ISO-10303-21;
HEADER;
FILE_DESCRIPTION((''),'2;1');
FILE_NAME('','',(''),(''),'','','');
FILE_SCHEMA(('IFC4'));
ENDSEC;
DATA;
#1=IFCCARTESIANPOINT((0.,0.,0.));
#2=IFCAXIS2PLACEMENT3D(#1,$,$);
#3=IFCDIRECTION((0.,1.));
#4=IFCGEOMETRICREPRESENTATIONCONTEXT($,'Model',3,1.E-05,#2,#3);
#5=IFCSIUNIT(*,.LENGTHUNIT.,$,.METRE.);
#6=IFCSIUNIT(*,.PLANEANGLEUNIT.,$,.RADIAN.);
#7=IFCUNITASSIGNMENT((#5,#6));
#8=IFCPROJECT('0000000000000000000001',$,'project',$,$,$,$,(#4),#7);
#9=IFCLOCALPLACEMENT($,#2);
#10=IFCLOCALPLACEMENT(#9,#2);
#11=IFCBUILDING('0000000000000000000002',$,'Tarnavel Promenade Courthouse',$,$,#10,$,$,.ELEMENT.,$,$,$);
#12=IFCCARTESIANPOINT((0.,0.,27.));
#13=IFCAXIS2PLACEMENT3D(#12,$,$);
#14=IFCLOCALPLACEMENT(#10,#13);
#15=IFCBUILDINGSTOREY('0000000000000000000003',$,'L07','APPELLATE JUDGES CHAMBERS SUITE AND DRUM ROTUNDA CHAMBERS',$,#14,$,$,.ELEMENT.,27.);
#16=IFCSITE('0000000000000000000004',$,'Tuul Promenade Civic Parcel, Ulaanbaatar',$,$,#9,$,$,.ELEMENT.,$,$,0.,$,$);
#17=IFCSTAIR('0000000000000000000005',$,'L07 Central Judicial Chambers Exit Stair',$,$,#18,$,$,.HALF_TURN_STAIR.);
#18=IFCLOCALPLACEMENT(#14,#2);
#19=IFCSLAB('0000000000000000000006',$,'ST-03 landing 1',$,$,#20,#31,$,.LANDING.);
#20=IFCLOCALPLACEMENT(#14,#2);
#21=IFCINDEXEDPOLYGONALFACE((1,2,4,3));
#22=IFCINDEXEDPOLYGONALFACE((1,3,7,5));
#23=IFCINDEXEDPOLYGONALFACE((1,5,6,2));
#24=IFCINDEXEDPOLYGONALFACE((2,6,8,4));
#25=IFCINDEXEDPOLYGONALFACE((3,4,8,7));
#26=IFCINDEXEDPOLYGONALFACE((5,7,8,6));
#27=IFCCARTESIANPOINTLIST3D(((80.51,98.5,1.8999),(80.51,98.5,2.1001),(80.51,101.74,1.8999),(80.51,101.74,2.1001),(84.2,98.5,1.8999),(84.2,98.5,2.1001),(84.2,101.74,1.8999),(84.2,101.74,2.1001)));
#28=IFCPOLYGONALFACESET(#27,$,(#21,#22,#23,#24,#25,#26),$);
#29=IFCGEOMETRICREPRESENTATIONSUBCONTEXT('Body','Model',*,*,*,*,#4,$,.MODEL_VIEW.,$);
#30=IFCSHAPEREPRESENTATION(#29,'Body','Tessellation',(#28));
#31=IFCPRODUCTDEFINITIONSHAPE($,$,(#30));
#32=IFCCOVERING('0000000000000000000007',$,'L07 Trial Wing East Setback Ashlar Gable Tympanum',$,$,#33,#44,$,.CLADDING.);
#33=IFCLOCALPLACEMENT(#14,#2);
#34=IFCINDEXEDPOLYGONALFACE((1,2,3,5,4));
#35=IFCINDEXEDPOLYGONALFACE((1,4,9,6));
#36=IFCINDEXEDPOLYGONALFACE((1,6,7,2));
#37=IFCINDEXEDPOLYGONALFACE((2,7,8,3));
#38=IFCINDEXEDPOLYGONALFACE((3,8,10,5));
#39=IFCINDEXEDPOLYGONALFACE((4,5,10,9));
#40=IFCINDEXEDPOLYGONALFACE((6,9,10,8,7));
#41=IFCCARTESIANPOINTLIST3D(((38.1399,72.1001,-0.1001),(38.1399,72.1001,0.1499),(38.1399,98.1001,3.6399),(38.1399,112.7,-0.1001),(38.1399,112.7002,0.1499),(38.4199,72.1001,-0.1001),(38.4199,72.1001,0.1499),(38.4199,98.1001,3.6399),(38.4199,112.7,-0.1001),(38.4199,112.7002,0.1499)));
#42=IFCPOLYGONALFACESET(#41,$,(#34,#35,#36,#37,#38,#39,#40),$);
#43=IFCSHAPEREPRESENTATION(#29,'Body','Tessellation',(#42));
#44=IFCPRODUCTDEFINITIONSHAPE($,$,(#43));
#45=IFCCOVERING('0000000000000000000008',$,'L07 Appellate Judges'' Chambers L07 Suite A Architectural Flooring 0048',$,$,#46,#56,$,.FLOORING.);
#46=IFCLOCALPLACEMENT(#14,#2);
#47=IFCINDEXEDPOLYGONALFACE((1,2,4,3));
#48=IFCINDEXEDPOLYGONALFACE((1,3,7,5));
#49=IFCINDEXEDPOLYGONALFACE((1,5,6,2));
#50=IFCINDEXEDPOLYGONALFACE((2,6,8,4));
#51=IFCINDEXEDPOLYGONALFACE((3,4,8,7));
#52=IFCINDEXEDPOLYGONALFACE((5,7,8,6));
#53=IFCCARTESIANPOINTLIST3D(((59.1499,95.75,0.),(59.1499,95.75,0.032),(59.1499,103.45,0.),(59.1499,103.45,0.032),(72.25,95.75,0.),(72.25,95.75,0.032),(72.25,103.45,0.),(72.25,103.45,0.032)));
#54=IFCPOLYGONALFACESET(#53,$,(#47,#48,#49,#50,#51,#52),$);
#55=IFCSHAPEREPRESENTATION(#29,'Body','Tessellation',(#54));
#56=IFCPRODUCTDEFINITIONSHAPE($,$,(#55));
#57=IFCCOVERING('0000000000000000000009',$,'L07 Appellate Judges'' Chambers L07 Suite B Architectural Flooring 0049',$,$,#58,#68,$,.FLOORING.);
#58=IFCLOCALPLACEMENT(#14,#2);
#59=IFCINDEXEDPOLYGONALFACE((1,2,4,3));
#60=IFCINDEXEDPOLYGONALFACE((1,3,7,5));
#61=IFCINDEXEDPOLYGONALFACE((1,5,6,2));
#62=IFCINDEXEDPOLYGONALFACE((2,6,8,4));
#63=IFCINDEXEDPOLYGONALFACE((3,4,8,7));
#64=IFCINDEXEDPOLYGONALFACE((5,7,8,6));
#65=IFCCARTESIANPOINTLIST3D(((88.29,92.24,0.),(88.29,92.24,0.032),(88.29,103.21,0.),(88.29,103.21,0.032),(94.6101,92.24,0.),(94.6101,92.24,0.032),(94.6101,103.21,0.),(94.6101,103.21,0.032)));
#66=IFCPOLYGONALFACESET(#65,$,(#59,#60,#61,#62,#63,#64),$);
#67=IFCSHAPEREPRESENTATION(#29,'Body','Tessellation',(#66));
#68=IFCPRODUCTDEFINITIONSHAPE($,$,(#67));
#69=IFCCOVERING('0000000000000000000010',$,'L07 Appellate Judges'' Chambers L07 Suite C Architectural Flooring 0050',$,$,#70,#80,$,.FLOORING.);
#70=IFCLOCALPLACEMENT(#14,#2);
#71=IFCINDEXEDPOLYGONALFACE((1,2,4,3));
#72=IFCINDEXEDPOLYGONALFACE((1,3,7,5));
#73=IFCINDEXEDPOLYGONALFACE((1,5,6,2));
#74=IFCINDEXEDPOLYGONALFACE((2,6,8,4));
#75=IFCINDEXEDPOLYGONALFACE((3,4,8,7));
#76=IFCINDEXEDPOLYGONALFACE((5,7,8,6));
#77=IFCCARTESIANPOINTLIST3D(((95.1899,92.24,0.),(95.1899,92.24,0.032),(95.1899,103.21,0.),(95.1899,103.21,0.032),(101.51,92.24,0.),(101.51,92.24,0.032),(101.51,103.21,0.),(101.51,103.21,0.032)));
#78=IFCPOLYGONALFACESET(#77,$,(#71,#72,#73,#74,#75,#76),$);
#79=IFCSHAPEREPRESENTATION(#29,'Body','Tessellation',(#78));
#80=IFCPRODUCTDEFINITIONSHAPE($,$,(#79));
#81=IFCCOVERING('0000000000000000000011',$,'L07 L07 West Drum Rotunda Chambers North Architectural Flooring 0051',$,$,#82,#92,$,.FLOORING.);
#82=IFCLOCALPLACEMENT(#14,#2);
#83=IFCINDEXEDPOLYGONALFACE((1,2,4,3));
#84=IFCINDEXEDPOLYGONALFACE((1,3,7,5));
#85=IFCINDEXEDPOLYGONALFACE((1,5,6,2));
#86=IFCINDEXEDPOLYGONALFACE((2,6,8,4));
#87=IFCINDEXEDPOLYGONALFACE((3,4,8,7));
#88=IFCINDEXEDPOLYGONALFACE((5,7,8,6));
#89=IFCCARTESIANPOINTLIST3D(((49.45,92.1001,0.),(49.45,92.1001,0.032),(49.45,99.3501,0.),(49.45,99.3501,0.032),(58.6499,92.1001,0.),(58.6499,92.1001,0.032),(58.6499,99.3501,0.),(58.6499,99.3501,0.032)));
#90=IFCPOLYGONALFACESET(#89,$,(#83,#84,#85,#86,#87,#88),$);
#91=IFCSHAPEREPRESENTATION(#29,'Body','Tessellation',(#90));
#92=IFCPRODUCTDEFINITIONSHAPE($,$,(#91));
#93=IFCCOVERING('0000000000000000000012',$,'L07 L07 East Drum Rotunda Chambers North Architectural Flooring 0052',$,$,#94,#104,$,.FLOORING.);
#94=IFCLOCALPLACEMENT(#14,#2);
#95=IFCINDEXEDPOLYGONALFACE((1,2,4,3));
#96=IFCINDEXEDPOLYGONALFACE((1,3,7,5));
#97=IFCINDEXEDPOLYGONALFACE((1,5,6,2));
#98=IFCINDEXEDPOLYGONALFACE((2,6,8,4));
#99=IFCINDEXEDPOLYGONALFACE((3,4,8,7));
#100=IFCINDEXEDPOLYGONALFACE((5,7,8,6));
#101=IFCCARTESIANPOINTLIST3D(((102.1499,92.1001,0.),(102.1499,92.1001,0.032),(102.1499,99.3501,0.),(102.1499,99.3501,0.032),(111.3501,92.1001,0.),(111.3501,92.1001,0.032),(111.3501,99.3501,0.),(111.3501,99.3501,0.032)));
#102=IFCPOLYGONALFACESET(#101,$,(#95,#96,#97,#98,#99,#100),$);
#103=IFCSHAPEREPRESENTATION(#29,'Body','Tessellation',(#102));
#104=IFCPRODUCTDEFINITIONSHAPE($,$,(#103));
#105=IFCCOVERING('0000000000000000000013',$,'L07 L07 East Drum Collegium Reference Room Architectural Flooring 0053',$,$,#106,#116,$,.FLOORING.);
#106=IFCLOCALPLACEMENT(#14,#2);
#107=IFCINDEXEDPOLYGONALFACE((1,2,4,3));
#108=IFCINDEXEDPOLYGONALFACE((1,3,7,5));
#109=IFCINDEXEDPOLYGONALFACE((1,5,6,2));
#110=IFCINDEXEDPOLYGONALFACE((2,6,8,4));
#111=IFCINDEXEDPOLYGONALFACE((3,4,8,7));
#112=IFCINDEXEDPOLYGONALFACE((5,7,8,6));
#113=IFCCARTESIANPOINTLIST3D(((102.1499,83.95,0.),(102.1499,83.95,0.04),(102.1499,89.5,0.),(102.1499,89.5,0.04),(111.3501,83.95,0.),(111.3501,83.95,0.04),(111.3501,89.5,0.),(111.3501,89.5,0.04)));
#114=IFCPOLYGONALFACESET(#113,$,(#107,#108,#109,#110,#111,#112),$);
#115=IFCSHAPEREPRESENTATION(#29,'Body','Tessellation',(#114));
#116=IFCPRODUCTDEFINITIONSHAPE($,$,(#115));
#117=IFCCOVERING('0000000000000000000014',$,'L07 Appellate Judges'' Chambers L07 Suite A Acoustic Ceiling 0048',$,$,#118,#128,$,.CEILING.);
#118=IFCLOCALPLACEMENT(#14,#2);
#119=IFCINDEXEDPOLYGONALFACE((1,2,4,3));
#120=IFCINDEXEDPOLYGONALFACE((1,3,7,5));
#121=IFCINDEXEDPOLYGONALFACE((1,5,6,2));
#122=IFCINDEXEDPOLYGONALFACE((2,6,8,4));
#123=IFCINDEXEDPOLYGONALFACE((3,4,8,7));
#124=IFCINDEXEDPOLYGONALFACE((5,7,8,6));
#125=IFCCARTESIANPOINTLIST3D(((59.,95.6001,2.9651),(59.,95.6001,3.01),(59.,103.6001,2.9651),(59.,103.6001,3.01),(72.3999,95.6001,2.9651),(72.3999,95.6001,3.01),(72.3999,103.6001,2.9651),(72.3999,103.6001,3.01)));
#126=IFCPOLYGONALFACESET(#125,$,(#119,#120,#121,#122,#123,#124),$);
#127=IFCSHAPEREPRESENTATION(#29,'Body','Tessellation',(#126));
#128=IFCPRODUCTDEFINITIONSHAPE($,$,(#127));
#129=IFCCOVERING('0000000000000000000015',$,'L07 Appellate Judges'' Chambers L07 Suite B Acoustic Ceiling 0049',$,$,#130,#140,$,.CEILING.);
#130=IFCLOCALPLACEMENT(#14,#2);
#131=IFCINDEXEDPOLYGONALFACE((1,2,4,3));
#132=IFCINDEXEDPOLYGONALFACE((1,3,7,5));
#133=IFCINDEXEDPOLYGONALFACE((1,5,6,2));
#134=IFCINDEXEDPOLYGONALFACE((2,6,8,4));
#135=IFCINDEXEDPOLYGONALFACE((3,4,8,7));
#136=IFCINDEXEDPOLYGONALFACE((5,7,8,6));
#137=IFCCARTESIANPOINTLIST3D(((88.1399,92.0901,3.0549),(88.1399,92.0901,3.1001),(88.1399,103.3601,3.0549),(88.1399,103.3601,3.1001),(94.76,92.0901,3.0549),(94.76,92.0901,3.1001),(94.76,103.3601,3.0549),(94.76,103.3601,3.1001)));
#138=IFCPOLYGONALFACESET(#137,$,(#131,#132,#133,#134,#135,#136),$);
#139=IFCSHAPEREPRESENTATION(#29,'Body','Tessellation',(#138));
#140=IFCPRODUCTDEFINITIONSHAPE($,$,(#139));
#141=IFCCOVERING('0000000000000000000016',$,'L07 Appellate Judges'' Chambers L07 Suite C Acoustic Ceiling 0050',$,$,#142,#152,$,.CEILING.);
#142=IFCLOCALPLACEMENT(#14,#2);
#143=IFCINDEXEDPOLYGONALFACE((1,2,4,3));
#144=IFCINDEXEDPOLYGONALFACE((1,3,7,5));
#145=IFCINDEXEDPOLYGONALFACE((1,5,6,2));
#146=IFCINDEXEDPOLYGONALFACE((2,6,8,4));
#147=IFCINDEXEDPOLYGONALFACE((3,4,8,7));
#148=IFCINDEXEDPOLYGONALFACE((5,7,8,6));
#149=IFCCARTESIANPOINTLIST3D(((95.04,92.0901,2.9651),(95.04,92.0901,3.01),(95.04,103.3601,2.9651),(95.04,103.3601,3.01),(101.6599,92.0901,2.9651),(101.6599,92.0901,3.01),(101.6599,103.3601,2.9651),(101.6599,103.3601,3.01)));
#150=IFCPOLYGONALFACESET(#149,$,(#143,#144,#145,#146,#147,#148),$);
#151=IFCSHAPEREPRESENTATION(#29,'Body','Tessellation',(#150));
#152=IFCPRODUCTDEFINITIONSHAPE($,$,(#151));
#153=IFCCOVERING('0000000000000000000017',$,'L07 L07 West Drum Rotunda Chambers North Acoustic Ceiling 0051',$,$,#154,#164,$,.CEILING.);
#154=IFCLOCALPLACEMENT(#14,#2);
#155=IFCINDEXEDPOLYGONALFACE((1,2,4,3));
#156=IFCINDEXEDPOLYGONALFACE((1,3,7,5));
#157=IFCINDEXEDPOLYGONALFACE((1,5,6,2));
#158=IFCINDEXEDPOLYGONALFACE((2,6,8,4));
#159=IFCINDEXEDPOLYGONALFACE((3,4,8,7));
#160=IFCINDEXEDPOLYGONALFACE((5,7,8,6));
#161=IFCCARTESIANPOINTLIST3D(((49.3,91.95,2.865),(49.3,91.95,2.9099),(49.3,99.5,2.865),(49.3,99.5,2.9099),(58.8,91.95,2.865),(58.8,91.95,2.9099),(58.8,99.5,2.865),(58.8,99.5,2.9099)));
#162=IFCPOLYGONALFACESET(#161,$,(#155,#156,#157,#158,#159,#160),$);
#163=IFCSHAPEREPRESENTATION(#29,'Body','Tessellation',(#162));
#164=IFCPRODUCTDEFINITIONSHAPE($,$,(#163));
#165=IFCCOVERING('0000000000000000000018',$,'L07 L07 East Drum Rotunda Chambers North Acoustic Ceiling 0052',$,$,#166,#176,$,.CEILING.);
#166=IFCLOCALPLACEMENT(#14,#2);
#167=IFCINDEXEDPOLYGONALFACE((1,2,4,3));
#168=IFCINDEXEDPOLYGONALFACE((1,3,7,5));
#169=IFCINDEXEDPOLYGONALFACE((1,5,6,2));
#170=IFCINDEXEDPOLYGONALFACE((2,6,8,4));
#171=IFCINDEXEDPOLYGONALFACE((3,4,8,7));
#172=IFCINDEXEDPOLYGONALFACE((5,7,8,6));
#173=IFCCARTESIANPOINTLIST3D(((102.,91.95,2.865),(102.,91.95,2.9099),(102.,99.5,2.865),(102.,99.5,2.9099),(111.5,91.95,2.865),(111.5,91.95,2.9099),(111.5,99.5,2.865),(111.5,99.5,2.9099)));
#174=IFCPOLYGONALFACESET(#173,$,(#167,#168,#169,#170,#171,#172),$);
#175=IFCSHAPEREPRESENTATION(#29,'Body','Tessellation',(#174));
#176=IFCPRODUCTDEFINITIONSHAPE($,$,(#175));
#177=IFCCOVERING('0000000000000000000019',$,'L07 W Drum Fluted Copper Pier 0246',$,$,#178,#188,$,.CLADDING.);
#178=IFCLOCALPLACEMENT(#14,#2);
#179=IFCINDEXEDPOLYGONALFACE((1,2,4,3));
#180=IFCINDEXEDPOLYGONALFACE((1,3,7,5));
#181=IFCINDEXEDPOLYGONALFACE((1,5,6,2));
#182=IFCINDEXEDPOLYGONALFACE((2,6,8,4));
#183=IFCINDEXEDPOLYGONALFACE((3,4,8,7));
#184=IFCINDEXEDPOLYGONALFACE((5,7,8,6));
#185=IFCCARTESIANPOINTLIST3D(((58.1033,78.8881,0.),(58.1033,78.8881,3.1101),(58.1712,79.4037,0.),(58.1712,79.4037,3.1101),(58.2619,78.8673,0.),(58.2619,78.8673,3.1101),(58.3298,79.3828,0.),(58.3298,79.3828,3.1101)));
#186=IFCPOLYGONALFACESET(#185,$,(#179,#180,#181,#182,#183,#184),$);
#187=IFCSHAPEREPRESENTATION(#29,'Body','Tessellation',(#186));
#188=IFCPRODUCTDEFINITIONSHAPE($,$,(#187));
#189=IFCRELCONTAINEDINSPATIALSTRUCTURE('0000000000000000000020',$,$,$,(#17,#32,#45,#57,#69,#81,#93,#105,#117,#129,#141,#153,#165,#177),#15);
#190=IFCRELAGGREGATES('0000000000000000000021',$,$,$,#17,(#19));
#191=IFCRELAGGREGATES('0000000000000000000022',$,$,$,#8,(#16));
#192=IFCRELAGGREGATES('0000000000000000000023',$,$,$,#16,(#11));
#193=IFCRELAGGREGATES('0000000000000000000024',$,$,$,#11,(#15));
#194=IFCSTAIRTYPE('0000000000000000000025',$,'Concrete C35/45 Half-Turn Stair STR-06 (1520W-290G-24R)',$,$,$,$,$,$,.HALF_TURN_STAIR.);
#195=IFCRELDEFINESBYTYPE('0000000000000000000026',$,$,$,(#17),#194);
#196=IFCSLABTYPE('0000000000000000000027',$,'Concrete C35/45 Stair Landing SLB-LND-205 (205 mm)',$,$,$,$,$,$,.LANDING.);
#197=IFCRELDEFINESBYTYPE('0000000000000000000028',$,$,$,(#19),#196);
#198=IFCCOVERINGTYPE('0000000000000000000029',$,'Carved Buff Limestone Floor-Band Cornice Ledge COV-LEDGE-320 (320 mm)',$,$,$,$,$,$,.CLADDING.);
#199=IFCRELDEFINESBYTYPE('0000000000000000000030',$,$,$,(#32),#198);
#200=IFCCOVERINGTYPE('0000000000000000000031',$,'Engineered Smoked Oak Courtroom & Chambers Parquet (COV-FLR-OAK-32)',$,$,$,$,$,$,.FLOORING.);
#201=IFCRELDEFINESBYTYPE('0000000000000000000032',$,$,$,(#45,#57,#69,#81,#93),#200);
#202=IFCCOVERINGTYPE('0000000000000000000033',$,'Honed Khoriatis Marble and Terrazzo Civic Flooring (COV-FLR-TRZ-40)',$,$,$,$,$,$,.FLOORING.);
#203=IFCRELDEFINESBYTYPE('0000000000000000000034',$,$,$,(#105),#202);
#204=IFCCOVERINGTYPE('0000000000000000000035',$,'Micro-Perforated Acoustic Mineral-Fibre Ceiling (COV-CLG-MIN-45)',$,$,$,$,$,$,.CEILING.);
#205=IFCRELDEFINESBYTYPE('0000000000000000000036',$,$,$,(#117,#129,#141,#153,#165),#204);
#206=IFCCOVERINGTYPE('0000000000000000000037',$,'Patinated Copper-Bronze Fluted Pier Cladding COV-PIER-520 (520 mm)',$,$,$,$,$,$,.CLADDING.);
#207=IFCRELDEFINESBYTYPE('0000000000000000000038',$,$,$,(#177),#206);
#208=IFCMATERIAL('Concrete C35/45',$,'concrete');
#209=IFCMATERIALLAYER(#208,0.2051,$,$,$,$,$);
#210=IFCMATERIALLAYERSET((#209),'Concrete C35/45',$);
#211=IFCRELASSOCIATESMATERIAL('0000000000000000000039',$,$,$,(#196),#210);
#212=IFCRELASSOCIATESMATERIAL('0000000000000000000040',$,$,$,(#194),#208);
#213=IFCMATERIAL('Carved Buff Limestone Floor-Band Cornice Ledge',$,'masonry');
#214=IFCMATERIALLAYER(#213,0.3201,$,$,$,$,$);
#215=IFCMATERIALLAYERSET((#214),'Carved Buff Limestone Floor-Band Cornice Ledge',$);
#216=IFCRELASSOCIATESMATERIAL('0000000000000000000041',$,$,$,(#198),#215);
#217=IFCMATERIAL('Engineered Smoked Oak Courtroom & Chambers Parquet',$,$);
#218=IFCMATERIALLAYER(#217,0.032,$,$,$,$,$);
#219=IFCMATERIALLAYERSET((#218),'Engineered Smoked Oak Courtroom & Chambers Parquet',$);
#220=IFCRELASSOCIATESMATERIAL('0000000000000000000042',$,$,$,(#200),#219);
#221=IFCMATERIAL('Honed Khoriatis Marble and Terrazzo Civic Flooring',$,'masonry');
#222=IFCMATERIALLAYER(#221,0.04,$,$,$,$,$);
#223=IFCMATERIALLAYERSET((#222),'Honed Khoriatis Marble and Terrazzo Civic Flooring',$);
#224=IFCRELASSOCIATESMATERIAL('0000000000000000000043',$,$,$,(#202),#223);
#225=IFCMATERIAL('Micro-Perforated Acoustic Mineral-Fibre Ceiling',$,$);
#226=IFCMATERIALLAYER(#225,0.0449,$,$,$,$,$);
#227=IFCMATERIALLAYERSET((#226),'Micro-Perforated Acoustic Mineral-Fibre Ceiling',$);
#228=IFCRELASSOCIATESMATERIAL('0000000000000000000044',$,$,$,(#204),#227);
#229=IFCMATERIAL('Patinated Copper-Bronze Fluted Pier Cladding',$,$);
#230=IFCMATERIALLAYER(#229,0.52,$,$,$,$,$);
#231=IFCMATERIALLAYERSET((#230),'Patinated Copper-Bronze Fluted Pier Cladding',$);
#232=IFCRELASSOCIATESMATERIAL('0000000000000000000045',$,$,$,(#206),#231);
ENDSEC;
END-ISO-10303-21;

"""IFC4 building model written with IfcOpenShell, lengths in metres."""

from ifc_helpers import new_model, si_unit, direction, frame, origin, origin_2d, place, context, subcontext, project, spatial, polyline, rectangle, outline, extrude, material, layer, layer_set, type_object, element, aggregate, save


model = new_model("IFC4")

# Units and contexts
model_context = context("Model", 3, precision=1e-05, world=origin(), true_north=direction((0.0, 1.0)))
body_context = subcontext(model_context, "Body", "Model", "MODEL_VIEW")
ifc_project = project(units=[si_unit("LENGTHUNIT", "METRE"), si_unit("PLANEANGLEUNIT", "RADIAN")], contexts=[model_context])

# Site, building, storey
site_placement = place(None, origin())
site = spatial("IfcSite", under=ifc_project, at=site_placement, Name="Tuul Promenade Civic Parcel, Ulaanbaatar", CompositionType="ELEMENT", RefElevation=0.0)
building_placement = place(site_placement, origin())
building = spatial("IfcBuilding", under=site, at=building_placement, Name="Tarnavel Promenade Courthouse", CompositionType="ELEMENT")
storey_placement = place(building_placement, frame((0.0, 0.0, 27.0)))
storey = spatial("IfcBuildingStorey", under=building, at=storey_placement, Name="L07", Description="APPELLATE JUDGES CHAMBERS SUITE AND DRUM ROTUNDA CHAMBERS", CompositionType="ELEMENT", Elevation=27.0)

# Shared definitions
ifc_material_1 = material(Name="Concrete C35/45", Category="concrete")

# Stair, slab
ifc_layer_1 = layer(ifc_material_1, 0.2051)
ifc_layer_set_1 = layer_set([ifc_layer_1], Name="Concrete C35/45")
slab_type_1 = type_object("IfcSlabType", Name="Concrete C35/45 Stair Landing SLB-LND-205 (205 mm)", PredefinedType="LANDING", material=ifc_layer_set_1)
stair_type_1 = type_object("IfcStairType", Name="Concrete C35/45 Half-Turn Stair STR-06 (1520W-290G-24R)", PredefinedType="HALF_TURN_STAIR", material=ifc_material_1)
stair_1_placement = place(storey_placement, origin())
stair_1 = element("IfcStair", 1, at=stair_1_placement, inside=storey, type_object=stair_type_1, Name="L07 Central Judicial Chambers Exit Stair", PredefinedType="HALF_TURN_STAIR")
slab_1_placement = place(storey_placement, frame((0.0, 0.0, 1.8999)))
slab_1 = element("IfcSlab", 2, at=slab_1_placement, type_object=slab_type_1, Name="ST-03 landing 1", PredefinedType="LANDING", context=body_context, shape_type="SweptSolid", body=[
    extrude(outline(polyline([(80.51, 98.5), (84.2, 98.5), (84.2, 101.74), (80.51, 101.74), (80.51, 98.5)])), origin(), (0.0, 0.0, 1.0), 0.2002),
])
aggregate(stair_1, [slab_1])

# Coverings
ifc_material_2 = material(Name="Carved Buff Limestone Floor-Band Cornice Ledge", Category="masonry")
ifc_layer_2 = layer(ifc_material_2, 0.3201)
ifc_layer_set_2 = layer_set([ifc_layer_2], Name="Carved Buff Limestone Floor-Band Cornice Ledge")
covering_type_1 = type_object("IfcCoveringType", Name="Carved Buff Limestone Floor-Band Cornice Ledge COV-LEDGE-320 (320 mm)", PredefinedType="CLADDING", material=ifc_layer_set_2)
covering_1_placement = place(storey_placement, frame((38.28, 72.1001, -0.1001), z_axis=(0.0, 0.0, 1.0), x_axis=(0.0, 1.0, 0.0)))
element("IfcCovering", 3, at=covering_1_placement, inside=storey, type_object=covering_type_1, Name="L07 Trial Wing East Setback Ashlar Gable Tympanum", PredefinedType="CLADDING", context=body_context, shape_type="SweptSolid", body=[
    extrude(outline(polyline([(0.0, 0.0), (40.5999, 0.0), (40.6001, 0.25), (26.0, 3.74), (0.0, 0.25), (0.0, 0.0)])), frame((0.0, 0.1401, 0.0), z_axis=(0.0, -1.0, 0.0), x_axis=(1.0, 0.0, 0.0)), (0.0, 0.0, 1.0), 0.28),
])
ifc_material_3 = material(Name="Engineered Smoked Oak Courtroom & Chambers Parquet")
ifc_layer_3 = layer(ifc_material_3, 0.032)
ifc_layer_set_3 = layer_set([ifc_layer_3], Name="Engineered Smoked Oak Courtroom & Chambers Parquet")
covering_type_2 = type_object("IfcCoveringType", Name="Engineered Smoked Oak Courtroom & Chambers Parquet (COV-FLR-OAK-32)", PredefinedType="FLOORING", material=ifc_layer_set_3)
covering_2_placement = place(storey_placement, origin())
element("IfcCovering", 4, at=covering_2_placement, inside=storey, type_object=covering_type_2, Name="L07 Appellate Judges' Chambers L07 Suite A Architectural Flooring 0048", PredefinedType="FLOORING", context=body_context, shape_type="SweptSolid", body=[
    extrude(outline(polyline([(59.1499, 95.75), (72.25, 95.75), (72.25, 103.45), (59.1499, 103.45), (59.1499, 95.75)])), origin(), (0.0, 0.0, 1.0), 0.032),
])
covering_3_placement = place(storey_placement, origin())
element("IfcCovering", 5, at=covering_3_placement, inside=storey, type_object=covering_type_2, Name="L07 Appellate Judges' Chambers L07 Suite B Architectural Flooring 0049", PredefinedType="FLOORING", context=body_context, shape_type="SweptSolid", body=[
    extrude(outline(polyline([(88.29, 92.24), (94.6101, 92.24), (94.6101, 103.21), (88.29, 103.21), (88.29, 92.24)])), origin(), (0.0, 0.0, 1.0), 0.032),
])
covering_4_placement = place(storey_placement, origin())
element("IfcCovering", 6, at=covering_4_placement, inside=storey, type_object=covering_type_2, Name="L07 Appellate Judges' Chambers L07 Suite C Architectural Flooring 0050", PredefinedType="FLOORING", context=body_context, shape_type="SweptSolid", body=[
    extrude(outline(polyline([(95.1899, 92.24), (101.51, 92.24), (101.51, 103.21), (95.1899, 103.21), (95.1899, 92.24)])), origin(), (0.0, 0.0, 1.0), 0.032),
])
covering_5_placement = place(storey_placement, origin())
element("IfcCovering", 7, at=covering_5_placement, inside=storey, type_object=covering_type_2, Name="L07 L07 West Drum Rotunda Chambers North Architectural Flooring 0051", PredefinedType="FLOORING", context=body_context, shape_type="SweptSolid", body=[
    extrude(outline(polyline([(49.45, 92.1001), (58.6499, 92.1001), (58.6499, 99.3501), (49.45, 99.3501), (49.45, 92.1001)])), origin(), (0.0, 0.0, 1.0), 0.032),
])
covering_6_placement = place(storey_placement, origin())
element("IfcCovering", 8, at=covering_6_placement, inside=storey, type_object=covering_type_2, Name="L07 L07 East Drum Rotunda Chambers North Architectural Flooring 0052", PredefinedType="FLOORING", context=body_context, shape_type="SweptSolid", body=[
    extrude(outline(polyline([(102.1499, 92.1001), (111.3501, 92.1001), (111.3501, 99.3501), (102.1499, 99.3501), (102.1499, 92.1001)])), origin(), (0.0, 0.0, 1.0), 0.032),
])
ifc_material_4 = material(Name="Honed Khoriatis Marble and Terrazzo Civic Flooring", Category="masonry")
ifc_layer_4 = layer(ifc_material_4, 0.04)
ifc_layer_set_4 = layer_set([ifc_layer_4], Name="Honed Khoriatis Marble and Terrazzo Civic Flooring")
covering_type_3 = type_object("IfcCoveringType", Name="Honed Khoriatis Marble and Terrazzo Civic Flooring (COV-FLR-TRZ-40)", PredefinedType="FLOORING", material=ifc_layer_set_4)
covering_7_placement = place(storey_placement, origin())
element("IfcCovering", 9, at=covering_7_placement, inside=storey, type_object=covering_type_3, Name="L07 L07 East Drum Collegium Reference Room Architectural Flooring 0053", PredefinedType="FLOORING", context=body_context, shape_type="SweptSolid", body=[
    extrude(outline(polyline([(102.1499, 83.95), (111.3501, 83.95), (111.3501, 89.5), (102.1499, 89.5), (102.1499, 83.95)])), origin(), (0.0, 0.0, 1.0), 0.04),
])
ifc_material_5 = material(Name="Micro-Perforated Acoustic Mineral-Fibre Ceiling")
ifc_layer_5 = layer(ifc_material_5, 0.0449)
ifc_layer_set_5 = layer_set([ifc_layer_5], Name="Micro-Perforated Acoustic Mineral-Fibre Ceiling")
covering_type_4 = type_object("IfcCoveringType", Name="Micro-Perforated Acoustic Mineral-Fibre Ceiling (COV-CLG-MIN-45)", PredefinedType="CEILING", material=ifc_layer_set_5)
covering_8_placement = place(storey_placement, frame((0.0, 0.0, 2.9651)))
element("IfcCovering", 10, at=covering_8_placement, inside=storey, type_object=covering_type_4, Name="L07 Appellate Judges' Chambers L07 Suite A Acoustic Ceiling 0048", PredefinedType="CEILING", context=body_context, shape_type="SweptSolid", body=[
    extrude(outline(polyline([(59.0, 95.6001), (72.3999, 95.6001), (72.3999, 103.6001), (59.0, 103.6001), (59.0, 95.6001)])), origin(), (0.0, 0.0, 1.0), 0.0449),
])
covering_9_placement = place(storey_placement, frame((0.0, 0.0, 3.0549)))
element("IfcCovering", 11, at=covering_9_placement, inside=storey, type_object=covering_type_4, Name="L07 Appellate Judges' Chambers L07 Suite B Acoustic Ceiling 0049", PredefinedType="CEILING", context=body_context, shape_type="SweptSolid", body=[
    extrude(outline(polyline([(88.1399, 92.0901), (94.76, 92.0901), (94.76, 103.3601), (88.1399, 103.3601), (88.1399, 92.0901)])), origin(), (0.0, 0.0, 1.0), 0.0452),
])
covering_10_placement = place(storey_placement, frame((0.0, 0.0, 2.9651)))
element("IfcCovering", 12, at=covering_10_placement, inside=storey, type_object=covering_type_4, Name="L07 Appellate Judges' Chambers L07 Suite C Acoustic Ceiling 0050", PredefinedType="CEILING", context=body_context, shape_type="SweptSolid", body=[
    extrude(outline(polyline([(95.04, 92.0901), (101.6599, 92.0901), (101.6599, 103.3601), (95.04, 103.3601), (95.04, 92.0901)])), origin(), (0.0, 0.0, 1.0), 0.0449),
])
covering_11_placement = place(storey_placement, frame((0.0, 0.0, 2.865)))
element("IfcCovering", 13, at=covering_11_placement, inside=storey, type_object=covering_type_4, Name="L07 L07 West Drum Rotunda Chambers North Acoustic Ceiling 0051", PredefinedType="CEILING", context=body_context, shape_type="SweptSolid", body=[
    extrude(outline(polyline([(49.3, 91.95), (58.8, 91.95), (58.8, 99.5), (49.3, 99.5), (49.3, 91.95)])), origin(), (0.0, 0.0, 1.0), 0.0449),
])
covering_12_placement = place(storey_placement, frame((0.0, 0.0, 2.865)))
element("IfcCovering", 14, at=covering_12_placement, inside=storey, type_object=covering_type_4, Name="L07 L07 East Drum Rotunda Chambers North Acoustic Ceiling 0052", PredefinedType="CEILING", context=body_context, shape_type="SweptSolid", body=[
    extrude(outline(polyline([(102.0, 91.95), (111.5, 91.95), (111.5, 99.5), (102.0, 99.5), (102.0, 91.95)])), origin(), (0.0, 0.0, 1.0), 0.0449),
])
ifc_material_6 = material(Name="Patinated Copper-Bronze Fluted Pier Cladding")
ifc_layer_6 = layer(ifc_material_6, 0.52)
ifc_layer_set_6 = layer_set([ifc_layer_6], Name="Patinated Copper-Bronze Fluted Pier Cladding")
covering_type_5 = type_object("IfcCoveringType", Name="Patinated Copper-Bronze Fluted Pier Cladding COV-PIER-520 (520 mm)", PredefinedType="CLADDING", material=ifc_layer_set_6)
covering_13_placement = place(storey_placement, frame((58.2166, 79.1355, 0.0), z_axis=(0.0, 0.0, 1.0), x_axis=(0.991445, -0.130526, 0.0)))
element("IfcCovering", 15, at=covering_13_placement, inside=storey, type_object=covering_type_5, Name="L07 W Drum Fluted Copper Pier 0246", PredefinedType="CLADDING", context=body_context, shape_type="SweptSolid", body=[
    extrude(rectangle(XDim=0.1599, YDim=0.52, at=origin_2d()), origin(), (0.0, 0.0, 1.0), 3.1101),
])

save(model, "model.ifc")
